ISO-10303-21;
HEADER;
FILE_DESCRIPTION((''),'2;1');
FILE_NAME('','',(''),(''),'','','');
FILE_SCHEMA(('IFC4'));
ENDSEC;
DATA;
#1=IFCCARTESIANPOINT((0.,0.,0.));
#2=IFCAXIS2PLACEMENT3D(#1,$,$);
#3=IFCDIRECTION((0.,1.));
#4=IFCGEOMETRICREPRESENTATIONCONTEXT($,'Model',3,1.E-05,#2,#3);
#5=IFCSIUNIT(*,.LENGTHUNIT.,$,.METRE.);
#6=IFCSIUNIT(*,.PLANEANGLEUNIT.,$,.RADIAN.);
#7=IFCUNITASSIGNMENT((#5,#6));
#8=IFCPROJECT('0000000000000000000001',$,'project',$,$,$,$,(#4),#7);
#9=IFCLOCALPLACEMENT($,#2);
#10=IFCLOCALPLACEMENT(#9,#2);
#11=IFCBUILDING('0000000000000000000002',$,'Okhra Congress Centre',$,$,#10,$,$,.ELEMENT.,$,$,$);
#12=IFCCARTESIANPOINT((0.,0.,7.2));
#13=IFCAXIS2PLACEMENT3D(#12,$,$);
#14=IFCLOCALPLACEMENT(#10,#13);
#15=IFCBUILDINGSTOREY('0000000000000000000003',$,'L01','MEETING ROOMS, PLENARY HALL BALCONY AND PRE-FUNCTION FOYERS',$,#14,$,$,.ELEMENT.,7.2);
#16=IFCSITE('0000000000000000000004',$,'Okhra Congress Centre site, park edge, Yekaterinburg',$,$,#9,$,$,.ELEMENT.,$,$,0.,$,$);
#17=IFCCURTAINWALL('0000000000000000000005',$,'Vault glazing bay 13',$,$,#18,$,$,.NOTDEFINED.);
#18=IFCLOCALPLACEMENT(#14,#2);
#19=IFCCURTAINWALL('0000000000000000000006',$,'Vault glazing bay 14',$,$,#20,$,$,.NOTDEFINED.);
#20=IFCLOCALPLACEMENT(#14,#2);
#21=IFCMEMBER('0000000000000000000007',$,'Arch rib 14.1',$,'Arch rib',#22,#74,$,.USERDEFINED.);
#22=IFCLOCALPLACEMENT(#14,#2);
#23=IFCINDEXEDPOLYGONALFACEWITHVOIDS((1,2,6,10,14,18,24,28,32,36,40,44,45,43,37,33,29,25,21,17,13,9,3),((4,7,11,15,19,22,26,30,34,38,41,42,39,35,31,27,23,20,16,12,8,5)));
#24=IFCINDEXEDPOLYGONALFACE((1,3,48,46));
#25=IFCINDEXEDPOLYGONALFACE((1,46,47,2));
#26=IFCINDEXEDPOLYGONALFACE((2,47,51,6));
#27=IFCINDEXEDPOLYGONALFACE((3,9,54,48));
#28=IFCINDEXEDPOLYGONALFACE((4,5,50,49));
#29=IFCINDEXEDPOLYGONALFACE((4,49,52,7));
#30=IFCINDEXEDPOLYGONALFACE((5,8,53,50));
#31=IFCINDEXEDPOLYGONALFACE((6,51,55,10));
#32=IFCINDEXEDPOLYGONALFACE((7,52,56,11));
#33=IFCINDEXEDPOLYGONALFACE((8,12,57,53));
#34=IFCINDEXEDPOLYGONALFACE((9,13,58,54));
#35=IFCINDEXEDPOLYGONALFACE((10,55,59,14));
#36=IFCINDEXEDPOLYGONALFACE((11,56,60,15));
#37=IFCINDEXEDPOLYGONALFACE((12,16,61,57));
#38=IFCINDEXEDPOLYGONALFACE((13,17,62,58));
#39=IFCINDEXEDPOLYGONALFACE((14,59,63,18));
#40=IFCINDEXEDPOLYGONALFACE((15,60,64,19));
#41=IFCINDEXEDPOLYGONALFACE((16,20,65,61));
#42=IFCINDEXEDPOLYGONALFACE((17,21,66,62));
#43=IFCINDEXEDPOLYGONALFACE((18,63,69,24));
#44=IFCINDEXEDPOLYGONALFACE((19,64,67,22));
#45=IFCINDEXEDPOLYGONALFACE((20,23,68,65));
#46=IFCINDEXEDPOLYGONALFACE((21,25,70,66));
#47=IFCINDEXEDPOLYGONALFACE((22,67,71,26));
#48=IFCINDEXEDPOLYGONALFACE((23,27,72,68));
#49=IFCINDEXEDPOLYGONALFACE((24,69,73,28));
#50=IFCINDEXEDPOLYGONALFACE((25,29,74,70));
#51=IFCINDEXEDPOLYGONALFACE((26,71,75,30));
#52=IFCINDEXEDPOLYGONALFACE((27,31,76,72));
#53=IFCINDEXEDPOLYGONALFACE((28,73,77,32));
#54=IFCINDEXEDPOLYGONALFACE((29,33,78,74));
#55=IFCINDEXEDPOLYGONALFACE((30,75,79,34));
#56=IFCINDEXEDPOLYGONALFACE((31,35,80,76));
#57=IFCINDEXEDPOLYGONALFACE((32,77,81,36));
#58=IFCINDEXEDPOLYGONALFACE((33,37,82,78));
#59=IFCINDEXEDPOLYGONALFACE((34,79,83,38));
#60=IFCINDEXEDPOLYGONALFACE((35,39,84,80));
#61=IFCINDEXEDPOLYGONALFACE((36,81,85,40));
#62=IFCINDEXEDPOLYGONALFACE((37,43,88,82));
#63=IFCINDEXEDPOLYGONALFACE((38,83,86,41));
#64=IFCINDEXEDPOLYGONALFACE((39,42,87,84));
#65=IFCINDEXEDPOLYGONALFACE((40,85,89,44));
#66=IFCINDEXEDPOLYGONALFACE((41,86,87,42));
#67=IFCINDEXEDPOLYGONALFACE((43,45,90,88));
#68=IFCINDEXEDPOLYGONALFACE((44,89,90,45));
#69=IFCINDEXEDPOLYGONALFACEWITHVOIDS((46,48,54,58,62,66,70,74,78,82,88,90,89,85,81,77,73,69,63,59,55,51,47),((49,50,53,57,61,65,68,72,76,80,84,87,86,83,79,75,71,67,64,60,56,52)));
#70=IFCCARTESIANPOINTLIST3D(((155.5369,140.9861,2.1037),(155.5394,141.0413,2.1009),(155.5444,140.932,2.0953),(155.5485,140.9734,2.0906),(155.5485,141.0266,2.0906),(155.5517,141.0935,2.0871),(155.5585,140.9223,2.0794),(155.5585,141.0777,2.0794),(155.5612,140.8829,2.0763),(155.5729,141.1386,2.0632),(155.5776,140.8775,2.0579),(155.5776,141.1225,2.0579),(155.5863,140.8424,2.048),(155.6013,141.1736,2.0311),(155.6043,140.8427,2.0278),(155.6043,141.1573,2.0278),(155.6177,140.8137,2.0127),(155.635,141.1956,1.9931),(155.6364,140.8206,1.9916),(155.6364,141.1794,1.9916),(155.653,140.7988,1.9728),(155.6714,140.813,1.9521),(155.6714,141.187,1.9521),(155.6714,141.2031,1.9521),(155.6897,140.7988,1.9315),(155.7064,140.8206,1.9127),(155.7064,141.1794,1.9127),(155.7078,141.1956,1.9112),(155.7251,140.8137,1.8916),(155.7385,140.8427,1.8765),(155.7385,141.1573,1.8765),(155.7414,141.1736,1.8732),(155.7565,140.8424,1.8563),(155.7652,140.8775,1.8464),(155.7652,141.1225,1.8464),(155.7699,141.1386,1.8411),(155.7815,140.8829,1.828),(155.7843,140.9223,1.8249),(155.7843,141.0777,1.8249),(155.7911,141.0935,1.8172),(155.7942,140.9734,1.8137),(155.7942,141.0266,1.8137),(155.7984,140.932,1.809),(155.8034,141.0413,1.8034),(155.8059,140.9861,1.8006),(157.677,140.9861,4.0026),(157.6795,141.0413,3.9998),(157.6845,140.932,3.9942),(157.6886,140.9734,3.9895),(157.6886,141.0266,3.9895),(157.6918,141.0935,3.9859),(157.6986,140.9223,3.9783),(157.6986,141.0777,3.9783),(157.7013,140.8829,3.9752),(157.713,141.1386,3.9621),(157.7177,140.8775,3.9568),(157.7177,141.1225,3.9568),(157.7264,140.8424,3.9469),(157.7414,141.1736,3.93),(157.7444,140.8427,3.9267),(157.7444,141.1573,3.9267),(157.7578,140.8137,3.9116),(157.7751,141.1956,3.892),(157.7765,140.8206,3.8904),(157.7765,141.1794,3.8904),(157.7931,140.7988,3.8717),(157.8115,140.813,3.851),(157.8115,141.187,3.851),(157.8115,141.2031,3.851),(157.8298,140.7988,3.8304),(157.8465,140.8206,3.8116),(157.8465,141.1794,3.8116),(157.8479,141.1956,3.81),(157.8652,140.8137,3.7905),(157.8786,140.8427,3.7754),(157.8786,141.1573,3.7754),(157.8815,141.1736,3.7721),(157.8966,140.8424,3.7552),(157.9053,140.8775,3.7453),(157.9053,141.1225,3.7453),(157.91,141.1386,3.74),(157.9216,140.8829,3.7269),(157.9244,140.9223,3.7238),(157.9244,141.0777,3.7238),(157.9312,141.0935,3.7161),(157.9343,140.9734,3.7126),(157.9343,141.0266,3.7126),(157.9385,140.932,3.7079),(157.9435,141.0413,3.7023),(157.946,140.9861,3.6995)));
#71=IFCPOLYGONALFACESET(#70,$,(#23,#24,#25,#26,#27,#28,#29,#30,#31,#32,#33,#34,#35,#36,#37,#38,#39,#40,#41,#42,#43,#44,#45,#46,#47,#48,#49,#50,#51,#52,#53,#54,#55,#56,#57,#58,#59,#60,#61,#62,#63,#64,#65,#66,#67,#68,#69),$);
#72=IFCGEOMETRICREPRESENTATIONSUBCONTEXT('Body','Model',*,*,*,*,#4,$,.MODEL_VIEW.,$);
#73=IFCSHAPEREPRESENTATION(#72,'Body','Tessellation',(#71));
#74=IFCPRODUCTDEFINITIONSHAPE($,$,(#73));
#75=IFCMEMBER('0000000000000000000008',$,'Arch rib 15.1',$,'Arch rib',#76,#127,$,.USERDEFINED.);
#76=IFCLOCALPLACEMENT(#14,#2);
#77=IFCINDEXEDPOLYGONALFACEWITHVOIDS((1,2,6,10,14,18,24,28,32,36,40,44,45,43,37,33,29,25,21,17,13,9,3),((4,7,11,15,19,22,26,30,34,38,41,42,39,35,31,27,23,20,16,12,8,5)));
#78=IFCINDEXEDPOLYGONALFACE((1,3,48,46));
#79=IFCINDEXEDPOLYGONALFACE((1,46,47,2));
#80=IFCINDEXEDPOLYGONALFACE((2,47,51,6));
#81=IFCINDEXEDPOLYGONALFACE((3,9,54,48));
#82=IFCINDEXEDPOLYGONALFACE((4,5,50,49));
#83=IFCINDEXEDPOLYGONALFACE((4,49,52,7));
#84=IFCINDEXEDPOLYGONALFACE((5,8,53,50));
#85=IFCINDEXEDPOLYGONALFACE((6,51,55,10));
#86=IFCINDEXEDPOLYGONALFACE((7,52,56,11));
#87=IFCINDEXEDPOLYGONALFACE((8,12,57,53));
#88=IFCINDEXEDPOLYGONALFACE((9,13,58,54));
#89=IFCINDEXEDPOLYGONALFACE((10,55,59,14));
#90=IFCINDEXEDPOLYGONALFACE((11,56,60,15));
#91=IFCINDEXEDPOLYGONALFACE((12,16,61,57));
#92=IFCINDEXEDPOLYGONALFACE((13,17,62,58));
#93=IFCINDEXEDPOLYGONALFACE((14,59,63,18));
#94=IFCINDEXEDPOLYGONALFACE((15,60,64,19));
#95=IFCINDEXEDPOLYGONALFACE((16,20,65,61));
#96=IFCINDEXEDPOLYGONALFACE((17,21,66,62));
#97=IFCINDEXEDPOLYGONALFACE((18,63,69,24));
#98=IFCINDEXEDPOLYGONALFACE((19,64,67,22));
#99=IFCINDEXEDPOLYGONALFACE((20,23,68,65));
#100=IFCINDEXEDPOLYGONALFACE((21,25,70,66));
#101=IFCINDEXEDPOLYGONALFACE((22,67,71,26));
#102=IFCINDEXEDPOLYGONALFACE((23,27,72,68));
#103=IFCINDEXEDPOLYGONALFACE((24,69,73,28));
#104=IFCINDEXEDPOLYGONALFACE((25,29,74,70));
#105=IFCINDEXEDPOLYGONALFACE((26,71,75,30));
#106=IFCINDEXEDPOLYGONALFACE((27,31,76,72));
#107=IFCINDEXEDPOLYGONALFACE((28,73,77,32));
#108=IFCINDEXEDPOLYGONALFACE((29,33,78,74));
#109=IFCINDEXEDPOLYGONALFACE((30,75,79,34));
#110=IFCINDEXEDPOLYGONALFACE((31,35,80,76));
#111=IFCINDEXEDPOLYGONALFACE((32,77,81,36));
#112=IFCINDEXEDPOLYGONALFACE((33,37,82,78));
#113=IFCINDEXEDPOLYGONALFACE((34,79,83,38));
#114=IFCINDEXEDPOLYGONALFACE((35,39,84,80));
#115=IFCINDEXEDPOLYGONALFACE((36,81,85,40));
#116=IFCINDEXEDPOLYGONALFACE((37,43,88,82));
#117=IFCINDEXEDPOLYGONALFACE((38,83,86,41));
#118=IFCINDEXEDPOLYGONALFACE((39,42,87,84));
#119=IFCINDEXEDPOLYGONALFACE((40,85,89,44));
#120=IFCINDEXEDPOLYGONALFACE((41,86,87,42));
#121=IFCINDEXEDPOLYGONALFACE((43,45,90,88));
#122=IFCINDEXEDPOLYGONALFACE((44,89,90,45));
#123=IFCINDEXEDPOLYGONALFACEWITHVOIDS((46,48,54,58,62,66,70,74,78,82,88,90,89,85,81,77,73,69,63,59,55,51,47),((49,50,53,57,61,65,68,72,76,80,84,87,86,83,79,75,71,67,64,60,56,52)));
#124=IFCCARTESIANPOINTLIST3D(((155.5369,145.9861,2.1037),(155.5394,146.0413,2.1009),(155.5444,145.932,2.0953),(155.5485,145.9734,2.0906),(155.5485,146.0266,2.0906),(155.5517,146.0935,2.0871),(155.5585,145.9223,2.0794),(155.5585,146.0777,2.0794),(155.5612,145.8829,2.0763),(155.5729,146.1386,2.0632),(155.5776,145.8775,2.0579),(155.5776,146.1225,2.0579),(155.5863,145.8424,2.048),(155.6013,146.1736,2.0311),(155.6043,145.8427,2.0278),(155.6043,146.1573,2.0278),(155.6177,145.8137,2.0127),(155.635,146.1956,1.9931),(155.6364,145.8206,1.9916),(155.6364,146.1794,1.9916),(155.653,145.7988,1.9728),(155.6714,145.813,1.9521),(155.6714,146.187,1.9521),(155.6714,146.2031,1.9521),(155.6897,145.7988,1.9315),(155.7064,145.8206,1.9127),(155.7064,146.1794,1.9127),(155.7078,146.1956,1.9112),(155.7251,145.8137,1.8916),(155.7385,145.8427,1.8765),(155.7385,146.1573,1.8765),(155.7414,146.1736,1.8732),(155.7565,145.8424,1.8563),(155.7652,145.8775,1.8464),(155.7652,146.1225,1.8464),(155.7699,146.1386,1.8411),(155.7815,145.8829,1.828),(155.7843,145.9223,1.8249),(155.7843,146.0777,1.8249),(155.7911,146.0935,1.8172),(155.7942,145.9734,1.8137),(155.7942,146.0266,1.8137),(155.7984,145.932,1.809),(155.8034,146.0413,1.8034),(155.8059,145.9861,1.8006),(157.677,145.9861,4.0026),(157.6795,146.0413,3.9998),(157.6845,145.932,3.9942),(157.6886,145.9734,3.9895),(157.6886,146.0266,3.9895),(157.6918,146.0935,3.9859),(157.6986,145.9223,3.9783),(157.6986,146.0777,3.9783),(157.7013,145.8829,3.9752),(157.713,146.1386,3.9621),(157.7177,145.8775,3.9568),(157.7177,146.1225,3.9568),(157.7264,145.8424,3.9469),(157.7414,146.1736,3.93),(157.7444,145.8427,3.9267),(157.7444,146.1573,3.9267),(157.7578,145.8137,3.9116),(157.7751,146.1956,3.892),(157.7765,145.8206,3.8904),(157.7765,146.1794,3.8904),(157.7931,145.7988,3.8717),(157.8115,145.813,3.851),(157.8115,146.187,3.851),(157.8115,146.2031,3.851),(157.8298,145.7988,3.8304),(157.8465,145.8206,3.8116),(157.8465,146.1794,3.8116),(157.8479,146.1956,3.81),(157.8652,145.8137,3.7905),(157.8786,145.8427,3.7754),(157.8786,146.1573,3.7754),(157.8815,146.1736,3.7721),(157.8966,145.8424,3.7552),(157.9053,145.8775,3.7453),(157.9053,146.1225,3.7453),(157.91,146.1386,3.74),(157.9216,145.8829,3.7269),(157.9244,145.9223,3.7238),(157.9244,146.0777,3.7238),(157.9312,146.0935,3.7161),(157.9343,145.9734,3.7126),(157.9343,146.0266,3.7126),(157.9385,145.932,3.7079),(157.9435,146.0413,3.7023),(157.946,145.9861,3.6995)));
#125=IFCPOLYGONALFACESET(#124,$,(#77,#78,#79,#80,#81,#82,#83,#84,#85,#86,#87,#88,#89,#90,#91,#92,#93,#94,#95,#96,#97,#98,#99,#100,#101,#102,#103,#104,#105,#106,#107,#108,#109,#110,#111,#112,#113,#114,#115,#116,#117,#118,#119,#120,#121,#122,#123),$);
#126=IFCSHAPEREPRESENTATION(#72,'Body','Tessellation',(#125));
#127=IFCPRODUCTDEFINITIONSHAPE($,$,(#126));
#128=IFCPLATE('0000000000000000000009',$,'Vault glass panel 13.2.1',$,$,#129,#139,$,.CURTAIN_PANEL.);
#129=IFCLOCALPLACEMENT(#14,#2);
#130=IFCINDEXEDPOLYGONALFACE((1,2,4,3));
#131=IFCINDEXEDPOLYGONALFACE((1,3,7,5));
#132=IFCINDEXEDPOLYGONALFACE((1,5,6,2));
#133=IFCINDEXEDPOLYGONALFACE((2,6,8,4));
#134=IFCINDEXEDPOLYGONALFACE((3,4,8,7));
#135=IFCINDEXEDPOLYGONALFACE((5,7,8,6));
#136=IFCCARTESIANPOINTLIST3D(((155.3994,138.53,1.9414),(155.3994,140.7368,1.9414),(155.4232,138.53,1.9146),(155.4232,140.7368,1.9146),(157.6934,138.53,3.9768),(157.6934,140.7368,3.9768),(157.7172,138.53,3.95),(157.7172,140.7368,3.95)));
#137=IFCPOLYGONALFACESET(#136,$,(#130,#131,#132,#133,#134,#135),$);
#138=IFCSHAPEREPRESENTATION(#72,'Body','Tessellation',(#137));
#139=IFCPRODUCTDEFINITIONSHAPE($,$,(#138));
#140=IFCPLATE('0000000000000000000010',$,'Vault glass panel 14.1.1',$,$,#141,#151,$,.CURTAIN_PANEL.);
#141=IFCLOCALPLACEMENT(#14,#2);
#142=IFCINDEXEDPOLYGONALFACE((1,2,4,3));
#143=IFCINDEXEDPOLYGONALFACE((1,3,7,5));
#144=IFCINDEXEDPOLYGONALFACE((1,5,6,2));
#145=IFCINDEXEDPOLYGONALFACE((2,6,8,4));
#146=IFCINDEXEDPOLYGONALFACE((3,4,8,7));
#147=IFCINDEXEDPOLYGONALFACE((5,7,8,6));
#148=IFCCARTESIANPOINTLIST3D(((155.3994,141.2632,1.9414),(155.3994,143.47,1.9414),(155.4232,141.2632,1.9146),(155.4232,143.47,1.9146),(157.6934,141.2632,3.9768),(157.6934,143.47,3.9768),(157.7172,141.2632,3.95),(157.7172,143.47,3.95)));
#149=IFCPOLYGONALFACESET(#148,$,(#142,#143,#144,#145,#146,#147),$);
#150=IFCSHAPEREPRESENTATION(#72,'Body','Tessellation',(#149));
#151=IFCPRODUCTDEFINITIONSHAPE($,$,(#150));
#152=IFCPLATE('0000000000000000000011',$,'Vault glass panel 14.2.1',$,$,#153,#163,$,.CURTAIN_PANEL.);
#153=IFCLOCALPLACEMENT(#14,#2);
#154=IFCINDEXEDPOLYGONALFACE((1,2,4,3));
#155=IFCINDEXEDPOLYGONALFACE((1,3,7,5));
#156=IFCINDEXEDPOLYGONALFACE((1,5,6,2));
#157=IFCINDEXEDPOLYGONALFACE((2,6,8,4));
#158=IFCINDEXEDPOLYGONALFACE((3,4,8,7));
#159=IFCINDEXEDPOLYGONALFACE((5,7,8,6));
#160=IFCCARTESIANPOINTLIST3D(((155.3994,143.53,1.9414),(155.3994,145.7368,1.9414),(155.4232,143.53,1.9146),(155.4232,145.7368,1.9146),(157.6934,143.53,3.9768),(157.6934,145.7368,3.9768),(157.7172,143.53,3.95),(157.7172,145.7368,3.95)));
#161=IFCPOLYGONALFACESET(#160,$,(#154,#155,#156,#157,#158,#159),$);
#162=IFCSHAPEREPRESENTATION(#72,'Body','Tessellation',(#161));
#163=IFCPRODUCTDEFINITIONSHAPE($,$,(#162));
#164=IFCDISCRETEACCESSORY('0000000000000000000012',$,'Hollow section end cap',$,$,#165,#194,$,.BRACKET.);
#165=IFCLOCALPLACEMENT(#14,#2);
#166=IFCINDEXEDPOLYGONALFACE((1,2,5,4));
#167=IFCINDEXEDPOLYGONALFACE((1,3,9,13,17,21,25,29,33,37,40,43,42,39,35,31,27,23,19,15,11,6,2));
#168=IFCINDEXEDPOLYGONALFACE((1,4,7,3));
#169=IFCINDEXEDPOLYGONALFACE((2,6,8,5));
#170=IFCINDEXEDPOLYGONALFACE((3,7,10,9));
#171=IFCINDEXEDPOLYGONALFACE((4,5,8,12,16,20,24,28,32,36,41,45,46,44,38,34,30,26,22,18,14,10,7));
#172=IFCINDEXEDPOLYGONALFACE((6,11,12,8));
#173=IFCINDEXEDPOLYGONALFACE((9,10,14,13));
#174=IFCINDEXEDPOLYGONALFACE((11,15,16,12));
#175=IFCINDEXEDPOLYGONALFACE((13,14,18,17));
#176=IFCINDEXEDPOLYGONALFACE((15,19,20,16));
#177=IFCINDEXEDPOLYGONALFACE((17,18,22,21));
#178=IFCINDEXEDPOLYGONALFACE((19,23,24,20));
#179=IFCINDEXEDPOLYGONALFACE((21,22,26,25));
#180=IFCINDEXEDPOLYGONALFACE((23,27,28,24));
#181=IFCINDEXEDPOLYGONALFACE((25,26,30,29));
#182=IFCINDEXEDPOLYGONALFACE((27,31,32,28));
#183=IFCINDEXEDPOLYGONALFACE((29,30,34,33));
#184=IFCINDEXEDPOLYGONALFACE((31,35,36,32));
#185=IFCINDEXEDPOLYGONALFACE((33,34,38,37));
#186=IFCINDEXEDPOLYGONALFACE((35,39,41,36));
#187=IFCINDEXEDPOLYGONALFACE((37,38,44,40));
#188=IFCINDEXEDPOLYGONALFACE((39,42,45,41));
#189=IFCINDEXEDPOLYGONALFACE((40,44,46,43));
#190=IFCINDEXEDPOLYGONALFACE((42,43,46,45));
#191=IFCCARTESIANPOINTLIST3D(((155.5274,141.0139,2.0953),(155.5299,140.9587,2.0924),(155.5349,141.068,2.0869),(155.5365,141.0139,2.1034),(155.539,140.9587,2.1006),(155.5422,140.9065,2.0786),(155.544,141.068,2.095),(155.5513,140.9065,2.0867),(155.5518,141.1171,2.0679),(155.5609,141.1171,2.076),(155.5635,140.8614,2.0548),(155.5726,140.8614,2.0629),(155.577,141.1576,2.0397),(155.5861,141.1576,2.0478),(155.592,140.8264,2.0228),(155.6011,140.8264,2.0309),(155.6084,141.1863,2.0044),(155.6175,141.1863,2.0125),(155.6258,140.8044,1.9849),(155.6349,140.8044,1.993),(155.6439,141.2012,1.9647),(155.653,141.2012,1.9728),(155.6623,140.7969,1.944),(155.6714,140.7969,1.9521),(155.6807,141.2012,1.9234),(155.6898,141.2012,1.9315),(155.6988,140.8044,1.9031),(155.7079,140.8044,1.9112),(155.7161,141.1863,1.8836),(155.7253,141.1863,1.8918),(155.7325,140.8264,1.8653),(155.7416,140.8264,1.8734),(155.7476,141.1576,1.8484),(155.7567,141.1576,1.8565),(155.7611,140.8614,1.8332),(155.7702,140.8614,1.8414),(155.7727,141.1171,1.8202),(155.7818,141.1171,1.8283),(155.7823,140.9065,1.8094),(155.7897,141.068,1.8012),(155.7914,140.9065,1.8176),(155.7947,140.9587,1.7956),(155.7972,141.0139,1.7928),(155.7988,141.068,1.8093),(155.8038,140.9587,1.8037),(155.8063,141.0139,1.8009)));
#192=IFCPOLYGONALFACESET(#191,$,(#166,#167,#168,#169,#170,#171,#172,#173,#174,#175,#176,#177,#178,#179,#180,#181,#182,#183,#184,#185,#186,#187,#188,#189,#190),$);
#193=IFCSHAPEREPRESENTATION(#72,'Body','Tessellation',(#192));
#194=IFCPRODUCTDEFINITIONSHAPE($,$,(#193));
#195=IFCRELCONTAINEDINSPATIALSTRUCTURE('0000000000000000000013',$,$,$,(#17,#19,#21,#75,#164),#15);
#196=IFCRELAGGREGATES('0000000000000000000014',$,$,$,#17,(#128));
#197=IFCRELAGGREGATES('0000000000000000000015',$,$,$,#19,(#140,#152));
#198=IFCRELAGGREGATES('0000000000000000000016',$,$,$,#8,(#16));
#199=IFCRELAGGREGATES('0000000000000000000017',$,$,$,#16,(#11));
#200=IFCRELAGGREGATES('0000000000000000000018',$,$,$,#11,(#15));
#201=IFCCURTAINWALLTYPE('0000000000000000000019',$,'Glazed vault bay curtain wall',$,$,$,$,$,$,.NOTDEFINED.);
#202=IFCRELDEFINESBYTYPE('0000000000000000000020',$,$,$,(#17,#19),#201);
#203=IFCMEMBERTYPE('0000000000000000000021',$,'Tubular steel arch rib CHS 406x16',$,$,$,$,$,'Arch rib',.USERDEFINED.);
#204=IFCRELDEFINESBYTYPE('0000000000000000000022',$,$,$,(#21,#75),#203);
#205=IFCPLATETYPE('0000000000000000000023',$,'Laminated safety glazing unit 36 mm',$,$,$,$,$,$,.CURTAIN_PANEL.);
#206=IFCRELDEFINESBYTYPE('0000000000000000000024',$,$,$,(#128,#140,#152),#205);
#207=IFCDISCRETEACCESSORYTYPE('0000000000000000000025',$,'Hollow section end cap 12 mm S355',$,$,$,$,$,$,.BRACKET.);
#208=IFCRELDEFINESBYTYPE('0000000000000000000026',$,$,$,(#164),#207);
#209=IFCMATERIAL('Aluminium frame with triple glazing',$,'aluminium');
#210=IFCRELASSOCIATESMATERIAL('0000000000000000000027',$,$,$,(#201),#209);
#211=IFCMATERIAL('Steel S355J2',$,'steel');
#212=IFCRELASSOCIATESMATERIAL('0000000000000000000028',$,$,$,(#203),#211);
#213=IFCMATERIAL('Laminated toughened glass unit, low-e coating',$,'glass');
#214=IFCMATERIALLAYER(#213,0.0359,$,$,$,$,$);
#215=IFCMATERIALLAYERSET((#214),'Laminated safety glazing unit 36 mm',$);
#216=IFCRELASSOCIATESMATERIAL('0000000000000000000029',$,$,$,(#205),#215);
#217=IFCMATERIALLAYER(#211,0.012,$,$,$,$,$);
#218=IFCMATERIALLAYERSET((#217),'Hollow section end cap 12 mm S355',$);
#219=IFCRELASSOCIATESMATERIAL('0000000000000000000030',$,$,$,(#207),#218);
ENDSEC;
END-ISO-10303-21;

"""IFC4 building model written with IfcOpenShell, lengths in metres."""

from ifc_helpers import new_model, si_unit, direction, frame, origin, origin_2d, place, context, subcontext, project, spatial, polyline, circle, hollow_circle, outline, extrude, material, layer, layer_set, material_profile, profile_set, type_object, element, aggregate, save


model = new_model("IFC4")

# Units and contexts
model_context = context("Model", 3, precision=1e-05, world=origin(), true_north=direction((0.0, 1.0)))
body_context = subcontext(model_context, "Body", "Model", "MODEL_VIEW")
ifc_project = project(units=[si_unit("LENGTHUNIT", "METRE"), si_unit("PLANEANGLEUNIT", "RADIAN")], contexts=[model_context])

# Site, building, storey
site_placement = place(None, origin())
site = spatial("IfcSite", under=ifc_project, at=site_placement, Name="Okhra Congress Centre site, park edge, Yekaterinburg", CompositionType="ELEMENT", RefElevation=0.0)
building_placement = place(site_placement, origin())
building = spatial("IfcBuilding", under=site, at=building_placement, Name="Okhra Congress Centre", CompositionType="ELEMENT")
storey_placement = place(building_placement, frame((0.0, 0.0, 7.2)))
storey = spatial("IfcBuildingStorey", under=building, at=storey_placement, Name="L01", Description="MEETING ROOMS, PLENARY HALL BALCONY AND PRE-FUNCTION FOYERS", CompositionType="ELEMENT", Elevation=7.2)

# Curtain wall
ifc_material_1 = material(Name="Aluminium frame with triple glazing", Category="aluminium")
curtain_wall_type = type_object("IfcCurtainWallType", Name="Glazed vault bay curtain wall", PredefinedType="NOTDEFINED", material=ifc_material_1)
curtain_wall_1_placement = place(storey_placement, origin())
curtain_wall_1 = element("IfcCurtainWall", 1, at=curtain_wall_1_placement, inside=storey, type_object=curtain_wall_type, Name="Vault glazing bay 13", PredefinedType="NOTDEFINED")

# Curtain wall
curtain_wall_2_placement = place(storey_placement, origin())
curtain_wall_2 = element("IfcCurtainWall", 2, at=curtain_wall_2_placement, inside=storey, type_object=curtain_wall_type, Name="Vault glazing bay 14", PredefinedType="NOTDEFINED")

# Shared definitions
ifc_material_2 = material(Name="Steel S355J2", Category="steel")

# Members
ifc_material_profile_1 = material_profile(ifc_material_2, hollow_circle(Radius=0.2031, WallThickness=0.0161, at=origin_2d()), Name="CHS 406.4x16")
ifc_profile_set_1 = profile_set([ifc_material_profile_1], Name="Steel S355J2")
member_type_1 = type_object("IfcMemberType", Name="Tubular steel arch rib CHS 406x16", ElementType="Arch rib", PredefinedType="USERDEFINED", material=ifc_profile_set_1)
for number, where, z_axis, x_axis, name in (
    (3, (155.6714, 141.0, 1.9521), (0.748002, 0.0, 0.663696), (0.0, 1.0, 0.0), "Arch rib 14.1"),
    (4, (155.6714, 146.0, 1.9521), (0.748002, 0.0, 0.663696), (0.0, 1.0, 0.0), "Arch rib 15.1"),
):
    element("IfcMember", number, at=place(storey_placement, frame(where, z_axis=z_axis, x_axis=x_axis)), inside=storey, type_object=member_type_1, Name=name, ObjectType="Arch rib", PredefinedType="USERDEFINED", context=body_context, shape_type="SweptSolid", body=[
        extrude(hollow_circle(Radius=0.2031, WallThickness=0.0161, at=origin_2d()), origin(), (0.0, 0.0, 1.0), 2.8611),
    ])

# Plates
ifc_material_3 = material(Name="Laminated toughened glass unit, low-e coating", Category="glass")
ifc_layer_1 = layer(ifc_material_3, 0.0359)
ifc_layer_set_1 = layer_set([ifc_layer_1], Name="Laminated safety glazing unit 36 mm")
plate_type = type_object("IfcPlateType", Name="Laminated safety glazing unit 36 mm", PredefinedType="CURTAIN_PANEL", material=ifc_layer_set_1)
plate_1_placement = place(storey_placement, frame((155.3994, 138.53, 1.9414), z_axis=(-0.663697, 0.0, 0.748002), x_axis=(0.748002, 0.0, 0.663697)))
plate_1 = element("IfcPlate", 5, at=plate_1_placement, type_object=plate_type, Name="Vault glass panel 13.2.1", PredefinedType="CURTAIN_PANEL", context=body_context, shape_type="SweptSolid", body=[
    extrude(outline(polyline([(0.0, 0.0), (3.0668, 0.0), (3.0668, 2.2068), (0.0, 2.2068), (0.0, 0.0)])), origin(), (0.0, 0.0, -1.0), 0.0359),
])
aggregate(curtain_wall_1, [plate_1])
plate_2_placement = place(storey_placement, frame((155.3994, 141.2632, 1.9414), z_axis=(-0.663697, 0.0, 0.748002), x_axis=(0.748002, 0.0, 0.663697)))
plate_2 = element("IfcPlate", 6, at=plate_2_placement, type_object=plate_type, Name="Vault glass panel 14.1.1", PredefinedType="CURTAIN_PANEL", context=body_context, shape_type="SweptSolid", body=[
    extrude(outline(polyline([(0.0, 0.0), (3.0668, 0.0), (3.0668, 2.2068), (0.0, 2.2068), (0.0, 0.0)])), origin(), (0.0, 0.0, -1.0), 0.0359),
])
plate_3_placement = place(storey_placement, frame((155.3994, 143.53, 1.9414), z_axis=(-0.663697, 0.0, 0.748002), x_axis=(0.748002, 0.0, 0.663697)))
plate_3 = element("IfcPlate", 7, at=plate_3_placement, type_object=plate_type, Name="Vault glass panel 14.2.1", PredefinedType="CURTAIN_PANEL", context=body_context, shape_type="SweptSolid", body=[
    extrude(outline(polyline([(0.0, 0.0), (3.0668, 0.0), (3.0668, 2.2068), (0.0, 2.2068), (0.0, 0.0)])), origin(), (0.0, 0.0, -1.0), 0.0359),
])
aggregate(curtain_wall_2, [plate_2, plate_3])

# Discrete accessory
ifc_layer_2 = layer(ifc_material_2, 0.012)
ifc_layer_set_2 = layer_set([ifc_layer_2], Name="Hollow section end cap 12 mm S355")
discrete_accessory_type_1 = type_object("IfcDiscreteAccessoryType", Name="Hollow section end cap 12 mm S355", PredefinedType="BRACKET", material=ifc_layer_set_2)
for number, where, z_axis, x_axis, name in (
    (8, (155.6714, 141.0, 1.9521), (-0.746295, 0.0, -0.665615), (0.0, -1.0, 0.0), "Hollow section end cap"),
):
    element("IfcDiscreteAccessory", number, at=place(storey_placement, frame(where, z_axis=z_axis, x_axis=x_axis)), inside=storey, type_object=discrete_accessory_type_1, Name=name, PredefinedType="BRACKET", context=body_context, shape_type="SweptSolid", body=[
        extrude(circle(Radius=0.2031, at=origin_2d()), origin(), (0.0, 0.0, 1.0), 0.0122),
    ])

save(model, "model.ifc")
